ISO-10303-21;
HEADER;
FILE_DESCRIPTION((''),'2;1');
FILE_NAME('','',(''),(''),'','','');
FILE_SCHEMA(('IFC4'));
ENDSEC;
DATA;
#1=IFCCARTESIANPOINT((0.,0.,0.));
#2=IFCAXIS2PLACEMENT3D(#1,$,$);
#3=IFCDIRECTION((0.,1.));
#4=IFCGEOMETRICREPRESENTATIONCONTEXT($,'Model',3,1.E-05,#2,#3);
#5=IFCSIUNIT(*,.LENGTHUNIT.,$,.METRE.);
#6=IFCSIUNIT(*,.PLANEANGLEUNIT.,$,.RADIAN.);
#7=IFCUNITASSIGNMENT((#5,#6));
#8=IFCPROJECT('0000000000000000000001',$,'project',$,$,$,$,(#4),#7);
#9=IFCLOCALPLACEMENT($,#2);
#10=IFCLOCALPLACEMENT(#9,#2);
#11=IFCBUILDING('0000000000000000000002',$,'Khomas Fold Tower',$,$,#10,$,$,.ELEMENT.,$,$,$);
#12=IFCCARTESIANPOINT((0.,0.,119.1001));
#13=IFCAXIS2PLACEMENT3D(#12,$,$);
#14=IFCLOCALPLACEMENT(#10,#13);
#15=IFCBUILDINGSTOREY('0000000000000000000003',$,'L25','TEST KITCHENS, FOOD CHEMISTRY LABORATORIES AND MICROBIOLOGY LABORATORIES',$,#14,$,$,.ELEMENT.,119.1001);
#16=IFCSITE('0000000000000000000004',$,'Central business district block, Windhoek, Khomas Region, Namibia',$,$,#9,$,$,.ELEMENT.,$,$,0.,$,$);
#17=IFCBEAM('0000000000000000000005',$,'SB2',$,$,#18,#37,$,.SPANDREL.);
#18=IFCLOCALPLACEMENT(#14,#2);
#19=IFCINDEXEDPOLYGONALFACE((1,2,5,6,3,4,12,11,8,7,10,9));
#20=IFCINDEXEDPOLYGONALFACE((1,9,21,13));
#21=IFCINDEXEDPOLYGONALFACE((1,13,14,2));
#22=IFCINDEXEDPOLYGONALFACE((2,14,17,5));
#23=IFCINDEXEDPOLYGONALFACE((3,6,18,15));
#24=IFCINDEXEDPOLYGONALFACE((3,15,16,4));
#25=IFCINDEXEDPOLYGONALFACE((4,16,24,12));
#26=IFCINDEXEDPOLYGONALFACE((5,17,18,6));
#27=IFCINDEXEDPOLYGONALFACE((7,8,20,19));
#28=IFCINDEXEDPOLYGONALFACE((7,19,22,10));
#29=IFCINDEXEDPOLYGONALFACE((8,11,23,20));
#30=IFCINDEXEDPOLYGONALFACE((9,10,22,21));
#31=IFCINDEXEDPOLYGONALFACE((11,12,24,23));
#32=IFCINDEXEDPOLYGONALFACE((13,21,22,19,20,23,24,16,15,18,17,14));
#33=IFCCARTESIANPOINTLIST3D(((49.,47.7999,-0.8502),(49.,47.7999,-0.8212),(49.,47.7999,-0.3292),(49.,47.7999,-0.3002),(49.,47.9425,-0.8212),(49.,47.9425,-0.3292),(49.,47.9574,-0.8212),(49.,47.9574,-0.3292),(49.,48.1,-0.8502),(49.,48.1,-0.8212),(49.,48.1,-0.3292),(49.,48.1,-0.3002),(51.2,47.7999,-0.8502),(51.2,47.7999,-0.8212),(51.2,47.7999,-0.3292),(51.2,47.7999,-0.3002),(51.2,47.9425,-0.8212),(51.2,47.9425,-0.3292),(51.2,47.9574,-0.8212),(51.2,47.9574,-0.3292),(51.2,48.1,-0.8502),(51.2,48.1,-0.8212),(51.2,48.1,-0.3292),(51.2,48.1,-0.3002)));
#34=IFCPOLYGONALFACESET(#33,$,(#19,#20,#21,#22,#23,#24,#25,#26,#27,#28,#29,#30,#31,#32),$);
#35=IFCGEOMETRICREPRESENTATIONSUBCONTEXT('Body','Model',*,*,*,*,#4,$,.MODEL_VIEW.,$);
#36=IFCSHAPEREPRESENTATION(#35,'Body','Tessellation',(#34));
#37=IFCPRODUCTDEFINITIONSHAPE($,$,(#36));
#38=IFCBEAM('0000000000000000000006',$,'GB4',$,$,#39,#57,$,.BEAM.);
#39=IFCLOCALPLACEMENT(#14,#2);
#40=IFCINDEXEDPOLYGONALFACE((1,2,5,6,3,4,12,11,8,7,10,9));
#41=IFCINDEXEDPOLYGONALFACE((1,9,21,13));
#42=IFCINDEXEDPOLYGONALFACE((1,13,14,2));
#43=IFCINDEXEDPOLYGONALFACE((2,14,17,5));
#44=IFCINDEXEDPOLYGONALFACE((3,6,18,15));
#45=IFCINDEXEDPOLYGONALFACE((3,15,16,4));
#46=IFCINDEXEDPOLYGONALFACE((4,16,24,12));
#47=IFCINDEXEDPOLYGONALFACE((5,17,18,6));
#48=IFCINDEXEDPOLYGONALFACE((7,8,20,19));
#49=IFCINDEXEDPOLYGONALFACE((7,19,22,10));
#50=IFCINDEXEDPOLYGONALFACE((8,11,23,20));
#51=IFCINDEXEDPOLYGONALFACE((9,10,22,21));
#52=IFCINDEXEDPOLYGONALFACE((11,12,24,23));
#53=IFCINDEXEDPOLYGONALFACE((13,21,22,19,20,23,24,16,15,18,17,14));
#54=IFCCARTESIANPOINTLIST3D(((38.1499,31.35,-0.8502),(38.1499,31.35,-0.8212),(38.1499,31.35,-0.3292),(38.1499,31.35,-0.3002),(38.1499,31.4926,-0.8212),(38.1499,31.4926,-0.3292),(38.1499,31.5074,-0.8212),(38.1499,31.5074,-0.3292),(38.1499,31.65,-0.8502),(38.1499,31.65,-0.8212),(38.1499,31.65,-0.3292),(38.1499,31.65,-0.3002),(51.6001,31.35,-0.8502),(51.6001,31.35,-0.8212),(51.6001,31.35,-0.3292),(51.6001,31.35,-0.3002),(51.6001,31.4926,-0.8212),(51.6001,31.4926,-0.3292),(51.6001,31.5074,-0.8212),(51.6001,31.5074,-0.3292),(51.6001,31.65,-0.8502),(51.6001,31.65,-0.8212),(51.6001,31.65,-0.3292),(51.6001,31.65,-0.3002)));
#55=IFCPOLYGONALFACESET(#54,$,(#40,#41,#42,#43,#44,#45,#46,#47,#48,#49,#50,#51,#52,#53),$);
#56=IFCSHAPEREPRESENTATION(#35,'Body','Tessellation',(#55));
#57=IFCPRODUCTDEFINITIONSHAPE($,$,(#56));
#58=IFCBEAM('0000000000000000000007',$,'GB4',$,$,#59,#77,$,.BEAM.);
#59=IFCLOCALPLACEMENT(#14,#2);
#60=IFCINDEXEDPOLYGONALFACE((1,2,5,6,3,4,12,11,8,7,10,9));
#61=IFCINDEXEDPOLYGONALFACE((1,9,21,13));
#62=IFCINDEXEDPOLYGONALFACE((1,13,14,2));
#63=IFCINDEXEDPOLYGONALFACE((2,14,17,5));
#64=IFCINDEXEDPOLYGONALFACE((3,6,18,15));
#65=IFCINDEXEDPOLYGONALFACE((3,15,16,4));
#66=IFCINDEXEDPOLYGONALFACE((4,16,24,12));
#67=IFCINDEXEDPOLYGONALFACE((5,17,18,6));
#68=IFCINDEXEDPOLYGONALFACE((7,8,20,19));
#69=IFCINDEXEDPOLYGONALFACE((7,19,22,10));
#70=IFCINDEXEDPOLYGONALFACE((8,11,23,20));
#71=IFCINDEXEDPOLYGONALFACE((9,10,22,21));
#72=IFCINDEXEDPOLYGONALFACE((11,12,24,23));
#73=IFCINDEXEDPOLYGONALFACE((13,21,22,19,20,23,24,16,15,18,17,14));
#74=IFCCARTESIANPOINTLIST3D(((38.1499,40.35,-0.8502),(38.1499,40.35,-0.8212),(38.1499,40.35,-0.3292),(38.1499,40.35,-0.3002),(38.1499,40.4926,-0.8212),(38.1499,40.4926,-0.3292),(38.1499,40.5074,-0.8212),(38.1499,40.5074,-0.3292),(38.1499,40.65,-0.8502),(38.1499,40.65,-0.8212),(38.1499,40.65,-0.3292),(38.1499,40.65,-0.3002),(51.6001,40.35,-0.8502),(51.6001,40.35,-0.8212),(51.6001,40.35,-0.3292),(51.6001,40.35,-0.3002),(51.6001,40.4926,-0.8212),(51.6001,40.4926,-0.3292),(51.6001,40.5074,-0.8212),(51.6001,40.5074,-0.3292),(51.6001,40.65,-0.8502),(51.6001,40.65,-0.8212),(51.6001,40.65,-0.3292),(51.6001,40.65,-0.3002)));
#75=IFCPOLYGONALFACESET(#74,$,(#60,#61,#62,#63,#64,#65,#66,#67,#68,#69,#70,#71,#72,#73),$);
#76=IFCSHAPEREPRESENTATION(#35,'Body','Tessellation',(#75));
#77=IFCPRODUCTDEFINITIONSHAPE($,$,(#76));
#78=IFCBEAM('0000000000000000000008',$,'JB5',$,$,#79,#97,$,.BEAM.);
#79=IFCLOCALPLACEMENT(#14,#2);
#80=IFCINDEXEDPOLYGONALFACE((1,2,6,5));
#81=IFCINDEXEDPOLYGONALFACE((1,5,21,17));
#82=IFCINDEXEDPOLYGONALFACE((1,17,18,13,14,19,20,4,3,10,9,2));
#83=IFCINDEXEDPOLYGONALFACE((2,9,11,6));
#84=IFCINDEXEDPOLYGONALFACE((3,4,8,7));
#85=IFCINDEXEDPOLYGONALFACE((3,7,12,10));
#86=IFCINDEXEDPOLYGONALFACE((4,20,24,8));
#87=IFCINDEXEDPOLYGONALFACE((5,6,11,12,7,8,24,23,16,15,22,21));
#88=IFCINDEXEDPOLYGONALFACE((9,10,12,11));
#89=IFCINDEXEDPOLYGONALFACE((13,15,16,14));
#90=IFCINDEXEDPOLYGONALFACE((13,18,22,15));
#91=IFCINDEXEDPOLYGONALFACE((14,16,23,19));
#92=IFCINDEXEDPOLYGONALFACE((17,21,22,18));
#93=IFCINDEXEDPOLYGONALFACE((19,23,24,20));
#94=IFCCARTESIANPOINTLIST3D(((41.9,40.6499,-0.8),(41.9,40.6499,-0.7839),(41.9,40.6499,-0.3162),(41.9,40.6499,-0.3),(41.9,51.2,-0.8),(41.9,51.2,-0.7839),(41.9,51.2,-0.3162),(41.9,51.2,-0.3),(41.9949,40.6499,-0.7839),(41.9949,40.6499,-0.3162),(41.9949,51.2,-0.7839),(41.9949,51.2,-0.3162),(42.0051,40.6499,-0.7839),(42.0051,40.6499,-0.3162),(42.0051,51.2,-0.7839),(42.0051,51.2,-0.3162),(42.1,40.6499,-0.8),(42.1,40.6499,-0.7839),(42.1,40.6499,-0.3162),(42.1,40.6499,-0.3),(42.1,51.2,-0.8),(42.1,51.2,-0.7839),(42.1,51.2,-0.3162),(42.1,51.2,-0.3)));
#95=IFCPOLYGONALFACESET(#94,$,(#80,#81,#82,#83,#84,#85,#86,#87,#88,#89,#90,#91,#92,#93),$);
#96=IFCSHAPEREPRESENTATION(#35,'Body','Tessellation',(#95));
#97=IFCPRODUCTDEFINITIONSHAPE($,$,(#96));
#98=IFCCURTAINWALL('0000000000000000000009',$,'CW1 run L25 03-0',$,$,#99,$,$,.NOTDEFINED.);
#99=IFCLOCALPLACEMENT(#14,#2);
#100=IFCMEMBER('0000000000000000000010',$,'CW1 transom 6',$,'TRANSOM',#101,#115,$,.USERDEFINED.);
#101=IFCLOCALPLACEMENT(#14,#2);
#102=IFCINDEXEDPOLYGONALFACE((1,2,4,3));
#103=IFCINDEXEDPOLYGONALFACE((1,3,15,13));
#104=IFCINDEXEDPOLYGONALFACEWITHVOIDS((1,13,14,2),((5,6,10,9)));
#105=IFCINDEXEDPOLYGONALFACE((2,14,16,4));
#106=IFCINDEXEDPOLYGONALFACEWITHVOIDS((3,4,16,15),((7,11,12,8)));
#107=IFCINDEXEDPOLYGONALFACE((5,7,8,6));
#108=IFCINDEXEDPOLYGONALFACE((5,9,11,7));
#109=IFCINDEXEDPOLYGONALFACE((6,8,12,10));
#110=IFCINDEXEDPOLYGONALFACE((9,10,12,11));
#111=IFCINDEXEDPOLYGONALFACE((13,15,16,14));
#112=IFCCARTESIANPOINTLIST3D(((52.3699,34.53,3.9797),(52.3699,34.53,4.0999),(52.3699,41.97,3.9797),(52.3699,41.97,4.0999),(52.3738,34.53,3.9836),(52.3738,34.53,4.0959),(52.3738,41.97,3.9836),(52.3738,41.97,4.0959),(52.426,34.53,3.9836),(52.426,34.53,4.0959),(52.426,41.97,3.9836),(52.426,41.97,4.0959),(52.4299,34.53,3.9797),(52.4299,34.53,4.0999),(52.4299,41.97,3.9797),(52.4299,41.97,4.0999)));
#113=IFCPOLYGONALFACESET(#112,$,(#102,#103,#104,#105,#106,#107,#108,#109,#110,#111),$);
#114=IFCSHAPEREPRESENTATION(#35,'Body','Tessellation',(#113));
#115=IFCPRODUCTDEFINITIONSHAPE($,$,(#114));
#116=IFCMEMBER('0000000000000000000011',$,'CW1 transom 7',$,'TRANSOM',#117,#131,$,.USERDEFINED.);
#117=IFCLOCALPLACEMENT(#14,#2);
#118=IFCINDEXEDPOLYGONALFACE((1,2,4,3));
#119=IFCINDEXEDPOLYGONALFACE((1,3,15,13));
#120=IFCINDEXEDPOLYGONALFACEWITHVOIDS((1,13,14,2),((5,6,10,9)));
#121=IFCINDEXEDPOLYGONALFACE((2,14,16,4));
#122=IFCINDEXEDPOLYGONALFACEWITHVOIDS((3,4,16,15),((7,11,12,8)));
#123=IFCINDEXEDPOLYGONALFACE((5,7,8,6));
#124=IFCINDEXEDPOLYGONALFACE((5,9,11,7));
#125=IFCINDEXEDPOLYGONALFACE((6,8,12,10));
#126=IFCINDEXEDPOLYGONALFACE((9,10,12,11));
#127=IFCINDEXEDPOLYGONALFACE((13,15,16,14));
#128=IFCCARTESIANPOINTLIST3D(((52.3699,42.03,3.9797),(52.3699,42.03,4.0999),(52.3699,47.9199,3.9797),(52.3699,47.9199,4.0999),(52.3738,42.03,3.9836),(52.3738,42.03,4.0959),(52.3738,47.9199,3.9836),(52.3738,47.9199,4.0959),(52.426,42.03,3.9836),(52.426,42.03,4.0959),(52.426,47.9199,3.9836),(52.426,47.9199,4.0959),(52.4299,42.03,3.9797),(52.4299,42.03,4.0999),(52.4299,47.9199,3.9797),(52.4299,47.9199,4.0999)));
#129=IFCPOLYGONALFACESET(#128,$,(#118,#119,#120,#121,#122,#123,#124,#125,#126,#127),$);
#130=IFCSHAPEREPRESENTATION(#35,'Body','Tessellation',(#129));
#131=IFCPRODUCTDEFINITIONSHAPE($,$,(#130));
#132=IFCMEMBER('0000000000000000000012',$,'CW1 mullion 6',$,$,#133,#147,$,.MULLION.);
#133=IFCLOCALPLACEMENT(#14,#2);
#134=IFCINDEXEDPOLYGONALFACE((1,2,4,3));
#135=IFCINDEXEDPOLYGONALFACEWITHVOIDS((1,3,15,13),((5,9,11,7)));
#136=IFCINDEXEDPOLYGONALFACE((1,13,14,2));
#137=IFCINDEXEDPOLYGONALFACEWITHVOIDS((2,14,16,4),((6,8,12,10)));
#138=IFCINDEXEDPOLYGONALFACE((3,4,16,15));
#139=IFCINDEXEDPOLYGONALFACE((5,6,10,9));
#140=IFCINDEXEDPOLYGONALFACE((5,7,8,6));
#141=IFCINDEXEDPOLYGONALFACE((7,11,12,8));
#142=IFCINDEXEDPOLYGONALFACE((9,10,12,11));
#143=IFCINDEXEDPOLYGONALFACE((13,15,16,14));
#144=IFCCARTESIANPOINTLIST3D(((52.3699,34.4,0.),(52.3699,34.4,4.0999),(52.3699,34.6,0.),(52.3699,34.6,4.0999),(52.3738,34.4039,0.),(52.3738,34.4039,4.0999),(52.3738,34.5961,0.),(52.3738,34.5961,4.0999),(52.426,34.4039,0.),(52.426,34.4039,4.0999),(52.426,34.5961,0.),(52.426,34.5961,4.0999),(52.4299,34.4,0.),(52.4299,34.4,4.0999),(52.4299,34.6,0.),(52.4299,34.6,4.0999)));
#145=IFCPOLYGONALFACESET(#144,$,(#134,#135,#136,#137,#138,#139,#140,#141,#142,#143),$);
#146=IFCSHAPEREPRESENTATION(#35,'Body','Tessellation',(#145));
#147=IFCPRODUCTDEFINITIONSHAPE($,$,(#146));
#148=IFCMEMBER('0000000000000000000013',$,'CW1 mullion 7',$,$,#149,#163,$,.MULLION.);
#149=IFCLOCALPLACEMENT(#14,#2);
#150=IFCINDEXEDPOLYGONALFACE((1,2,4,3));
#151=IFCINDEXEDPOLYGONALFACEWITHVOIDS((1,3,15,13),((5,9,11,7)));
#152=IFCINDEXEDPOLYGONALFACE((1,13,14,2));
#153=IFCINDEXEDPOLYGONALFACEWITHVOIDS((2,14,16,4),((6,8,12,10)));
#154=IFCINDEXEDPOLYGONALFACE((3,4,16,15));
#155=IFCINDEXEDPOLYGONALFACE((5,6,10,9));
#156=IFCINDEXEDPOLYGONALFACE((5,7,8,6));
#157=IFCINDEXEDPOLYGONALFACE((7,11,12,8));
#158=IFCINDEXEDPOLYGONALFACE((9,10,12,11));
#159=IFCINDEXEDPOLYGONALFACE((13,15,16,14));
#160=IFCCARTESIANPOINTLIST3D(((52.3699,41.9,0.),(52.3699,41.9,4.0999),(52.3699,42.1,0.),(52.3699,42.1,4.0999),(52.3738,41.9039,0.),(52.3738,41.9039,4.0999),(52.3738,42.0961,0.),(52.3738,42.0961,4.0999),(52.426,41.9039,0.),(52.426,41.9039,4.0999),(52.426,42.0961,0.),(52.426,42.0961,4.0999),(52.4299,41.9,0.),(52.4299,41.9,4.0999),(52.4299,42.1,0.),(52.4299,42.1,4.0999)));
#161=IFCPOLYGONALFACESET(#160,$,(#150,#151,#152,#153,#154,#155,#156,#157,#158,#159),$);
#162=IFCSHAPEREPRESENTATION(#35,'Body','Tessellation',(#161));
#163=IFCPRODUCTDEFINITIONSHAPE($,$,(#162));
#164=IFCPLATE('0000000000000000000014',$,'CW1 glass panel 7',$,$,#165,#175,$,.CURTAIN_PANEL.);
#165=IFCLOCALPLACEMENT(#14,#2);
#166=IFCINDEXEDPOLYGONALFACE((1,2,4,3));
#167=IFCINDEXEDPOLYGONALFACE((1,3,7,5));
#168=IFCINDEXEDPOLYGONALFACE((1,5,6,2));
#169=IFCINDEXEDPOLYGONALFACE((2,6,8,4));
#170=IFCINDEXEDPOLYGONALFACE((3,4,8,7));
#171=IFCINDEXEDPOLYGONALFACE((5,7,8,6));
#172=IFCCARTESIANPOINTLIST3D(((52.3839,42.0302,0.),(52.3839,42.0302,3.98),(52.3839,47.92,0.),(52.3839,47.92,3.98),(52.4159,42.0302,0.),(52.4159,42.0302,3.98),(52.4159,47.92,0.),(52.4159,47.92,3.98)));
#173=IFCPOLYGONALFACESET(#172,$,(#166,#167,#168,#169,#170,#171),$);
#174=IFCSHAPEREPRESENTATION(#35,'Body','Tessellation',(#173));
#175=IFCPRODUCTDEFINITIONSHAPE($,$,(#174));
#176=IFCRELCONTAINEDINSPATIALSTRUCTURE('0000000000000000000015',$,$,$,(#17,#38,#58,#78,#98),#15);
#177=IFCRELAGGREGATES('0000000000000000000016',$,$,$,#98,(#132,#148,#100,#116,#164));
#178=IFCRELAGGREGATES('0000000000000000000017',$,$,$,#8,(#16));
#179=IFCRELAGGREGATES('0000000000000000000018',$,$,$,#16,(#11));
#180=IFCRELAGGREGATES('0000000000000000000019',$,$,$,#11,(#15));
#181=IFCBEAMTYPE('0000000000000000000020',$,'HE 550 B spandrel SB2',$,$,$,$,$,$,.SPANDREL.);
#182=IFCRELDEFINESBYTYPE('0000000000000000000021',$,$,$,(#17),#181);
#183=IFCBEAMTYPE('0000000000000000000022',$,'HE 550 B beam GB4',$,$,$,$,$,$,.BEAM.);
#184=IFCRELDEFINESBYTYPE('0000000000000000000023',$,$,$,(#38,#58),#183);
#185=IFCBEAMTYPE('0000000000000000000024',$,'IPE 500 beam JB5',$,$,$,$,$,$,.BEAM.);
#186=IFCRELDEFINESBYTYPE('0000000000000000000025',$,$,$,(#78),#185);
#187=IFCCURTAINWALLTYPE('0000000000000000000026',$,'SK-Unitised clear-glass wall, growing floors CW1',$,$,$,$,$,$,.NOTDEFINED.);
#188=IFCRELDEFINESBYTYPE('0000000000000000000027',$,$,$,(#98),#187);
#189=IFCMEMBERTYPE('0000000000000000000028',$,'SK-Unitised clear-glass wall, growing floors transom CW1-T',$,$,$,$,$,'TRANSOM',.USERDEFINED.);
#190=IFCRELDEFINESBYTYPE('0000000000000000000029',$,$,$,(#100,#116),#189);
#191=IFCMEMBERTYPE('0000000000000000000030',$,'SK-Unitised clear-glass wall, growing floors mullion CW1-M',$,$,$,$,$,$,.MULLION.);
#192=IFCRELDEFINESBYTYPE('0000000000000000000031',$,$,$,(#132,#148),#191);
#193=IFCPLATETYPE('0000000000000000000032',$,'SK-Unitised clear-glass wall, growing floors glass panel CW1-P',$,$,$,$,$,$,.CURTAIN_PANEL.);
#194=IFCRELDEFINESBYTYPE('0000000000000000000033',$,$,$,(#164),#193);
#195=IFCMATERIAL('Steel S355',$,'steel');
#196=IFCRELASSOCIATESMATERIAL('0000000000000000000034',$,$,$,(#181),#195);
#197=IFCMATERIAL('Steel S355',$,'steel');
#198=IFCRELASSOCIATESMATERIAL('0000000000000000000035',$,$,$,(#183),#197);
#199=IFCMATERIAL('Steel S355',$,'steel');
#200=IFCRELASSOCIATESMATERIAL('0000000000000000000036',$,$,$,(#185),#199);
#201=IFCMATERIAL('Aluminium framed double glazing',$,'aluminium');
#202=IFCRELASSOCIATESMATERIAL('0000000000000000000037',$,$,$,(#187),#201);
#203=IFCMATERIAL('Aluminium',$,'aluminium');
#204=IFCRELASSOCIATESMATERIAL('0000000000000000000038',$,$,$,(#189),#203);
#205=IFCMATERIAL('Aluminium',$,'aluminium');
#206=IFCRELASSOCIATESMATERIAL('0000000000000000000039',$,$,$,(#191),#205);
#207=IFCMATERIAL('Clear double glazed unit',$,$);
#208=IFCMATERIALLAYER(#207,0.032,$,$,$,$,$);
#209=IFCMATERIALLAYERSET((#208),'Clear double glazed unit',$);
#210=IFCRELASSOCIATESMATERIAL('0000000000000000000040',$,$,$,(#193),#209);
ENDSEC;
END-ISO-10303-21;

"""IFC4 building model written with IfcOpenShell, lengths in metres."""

from ifc_helpers import new_model, si_unit, direction, frame, origin, origin_2d, place, context, subcontext, project, spatial, rectangle, hollow_rectangle, i_section, extrude, source, transform, mapped, material, layer, layer_set, material_profile, profile_set, type_object, element, aggregate, save


model = new_model("IFC4")

# Units and contexts
model_context = context("Model", 3, precision=1e-05, world=origin(), true_north=direction((0.0, 1.0)))
body_context = subcontext(model_context, "Body", "Model", "MODEL_VIEW")
ifc_project = project(units=[si_unit("LENGTHUNIT", "METRE"), si_unit("PLANEANGLEUNIT", "RADIAN")], contexts=[model_context])

# Site, building, storey
site_placement = place(None, origin())
site = spatial("IfcSite", under=ifc_project, at=site_placement, Name="Central business district block, Windhoek, Khomas Region, Namibia", CompositionType="ELEMENT", RefElevation=0.0)
building_placement = place(site_placement, origin())
building = spatial("IfcBuilding", under=site, at=building_placement, Name="Khomas Fold Tower", CompositionType="ELEMENT")
storey_placement = place(building_placement, frame((0.0, 0.0, 119.1001)))
storey = spatial("IfcBuildingStorey", under=building, at=storey_placement, Name="L25", Description="TEST KITCHENS, FOOD CHEMISTRY LABORATORIES AND MICROBIOLOGY LABORATORIES", CompositionType="ELEMENT", Elevation=119.1001)

# Beams
ifc_material_1 = material(Name="Steel S355", Category="steel")
ifc_material_profile_1 = material_profile(ifc_material_1, i_section(OverallWidth=0.3, OverallDepth=0.55, WebThickness=0.0149, FlangeThickness=0.0291, at=origin_2d()), Name="HE 550 B")
ifc_profile_set_1 = profile_set([ifc_material_profile_1], Name="Steel S355")
beam_type_1 = type_object("IfcBeamType", Name="HE 550 B spandrel SB2", PredefinedType="SPANDREL", material=ifc_profile_set_1)
shared_shape_1 = source(origin(), body_context, "Body", "SweptSolid", [
    extrude(i_section(OverallWidth=0.3, OverallDepth=0.55, WebThickness=0.0149, FlangeThickness=0.0291, at=origin_2d()), origin(), (0.0, 0.0, 1.0), 2.2),
])
beam_1_placement = place(storey_placement, frame((49.0, 47.95, -0.5752), z_axis=(1.0, 0.0, 0.0), x_axis=(0.0, 1.0, 0.0)))
element("IfcBeam", 1, at=beam_1_placement, inside=storey, type_object=beam_type_1, Name="SB2", PredefinedType="SPANDREL", context=body_context, shape_type="MappedRepresentation", body=[
    mapped(shared_shape_1, transform((0.0, 0.0, 0.0))),
])
ifc_material_2 = material(Name="Steel S355", Category="steel")
ifc_material_profile_2 = material_profile(ifc_material_2, i_section(OverallWidth=0.3, OverallDepth=0.55, WebThickness=0.0149, FlangeThickness=0.0291, at=origin_2d()), Name="HE 550 B")
ifc_profile_set_2 = profile_set([ifc_material_profile_2], Name="Steel S355")
beam_type_2 = type_object("IfcBeamType", Name="HE 550 B beam GB4", PredefinedType="BEAM", material=ifc_profile_set_2)
shared_shape_2 = source(origin(), body_context, "Body", "SweptSolid", [
    extrude(i_section(OverallWidth=0.3, OverallDepth=0.55, WebThickness=0.0149, FlangeThickness=0.0291, at=origin_2d()), origin(), (0.0, 0.0, 1.0), 13.4502),
])
for number, where, z_axis, x_axis, name in (
    (2, (38.1499, 31.5, -0.5752), (1.0, 0.0, 0.0), (0.0, 1.0, 0.0), "GB4"),
    (3, (38.1499, 40.5, -0.5752), (1.0, 0.0, 0.0), (0.0, 1.0, 0.0), "GB4"),
):
    element("IfcBeam", number, at=place(storey_placement, frame(where, z_axis=z_axis, x_axis=x_axis)), inside=storey, type_object=beam_type_2, Name=name, PredefinedType="BEAM", context=body_context, shape_type="MappedRepresentation", body=[
        mapped(shared_shape_2, transform((0.0, 0.0, 0.0))),
    ])
ifc_material_3 = material(Name="Steel S355", Category="steel")
ifc_material_profile_3 = material_profile(ifc_material_3, i_section(OverallWidth=0.2, OverallDepth=0.5, WebThickness=0.0103, FlangeThickness=0.0161, at=origin_2d()), Name="IPE 500")
ifc_profile_set_3 = profile_set([ifc_material_profile_3], Name="Steel S355")
beam_type_3 = type_object("IfcBeamType", Name="IPE 500 beam JB5", PredefinedType="BEAM", material=ifc_profile_set_3)
shared_shape_3 = source(origin(), body_context, "Body", "SweptSolid", [
    extrude(i_section(OverallWidth=0.2, OverallDepth=0.5, WebThickness=0.0103, FlangeThickness=0.0161, at=origin_2d()), origin(), (0.0, 0.0, 1.0), 10.55),
])
beam_2_placement = place(storey_placement, frame((42.0, 40.6499, -0.55), z_axis=(0.0, 1.0, 0.0), x_axis=(-1.0, 0.0, 0.0)))
element("IfcBeam", 4, at=beam_2_placement, inside=storey, type_object=beam_type_3, Name="JB5", PredefinedType="BEAM", context=body_context, shape_type="MappedRepresentation", body=[
    mapped(shared_shape_3, transform((0.0, 0.0, 0.0))),
])

# Curtain wall, members, plate
ifc_material_4 = material(Name="Aluminium framed double glazing", Category="aluminium")
curtain_wall_type = type_object("IfcCurtainWallType", Name="SK-Unitised clear-glass wall, growing floors CW1", PredefinedType="NOTDEFINED", material=ifc_material_4)
curtain_wall_placement = place(storey_placement, origin())
curtain_wall = element("IfcCurtainWall", 5, at=curtain_wall_placement, inside=storey, type_object=curtain_wall_type, Name="CW1 run L25 03-0", PredefinedType="NOTDEFINED")
ifc_material_5 = material(Name="Aluminium", Category="aluminium")
ifc_material_profile_4 = material_profile(ifc_material_5, hollow_rectangle(XDim=0.0601, YDim=0.1201, WallThickness=0.0039, at=origin_2d()), Name="SK-Unitised clear-glass wall, growing floors transom CW1-T")
ifc_profile_set_4 = profile_set([ifc_material_profile_4], Name="Aluminium")
member_type_1 = type_object("IfcMemberType", Name="SK-Unitised clear-glass wall, growing floors transom CW1-T", ElementType="TRANSOM", PredefinedType="USERDEFINED", material=ifc_profile_set_4)
shared_shape_4 = source(origin(), body_context, "Body", "SweptSolid", [
    extrude(hollow_rectangle(XDim=0.0601, YDim=0.1201, WallThickness=0.0039, at=origin_2d()), origin(), (0.0, 0.0, 1.0), 7.4399),
])
member_1_placement = place(storey_placement, frame((52.3999, 34.53, 4.0398), z_axis=(0.0, 1.0, 0.0), x_axis=(-1.0, 0.0, 0.0)))
member_1 = element("IfcMember", 6, at=member_1_placement, type_object=member_type_1, Name="CW1 transom 6", ObjectType="TRANSOM", PredefinedType="USERDEFINED", context=body_context, shape_type="MappedRepresentation", body=[
    mapped(shared_shape_4, transform((0.0, 0.0, 0.0))),
])
shared_shape_5 = source(origin(), body_context, "Body", "SweptSolid", [
    extrude(hollow_rectangle(XDim=0.0601, YDim=0.1201, WallThickness=0.0039, at=origin_2d()), origin(), (0.0, 0.0, 1.0), 5.8899),
])
member_2_placement = place(storey_placement, frame((52.3999, 42.03, 4.0398), z_axis=(0.0, 1.0, 0.0), x_axis=(-1.0, 0.0, 0.0)))
member_2 = element("IfcMember", 7, at=member_2_placement, type_object=member_type_1, Name="CW1 transom 7", ObjectType="TRANSOM", PredefinedType="USERDEFINED", context=body_context, shape_type="MappedRepresentation", body=[
    mapped(shared_shape_5, transform((0.0, 0.0, 0.0))),
])
ifc_material_6 = material(Name="Aluminium", Category="aluminium")
ifc_material_profile_5 = material_profile(ifc_material_6, hollow_rectangle(XDim=0.0601, YDim=0.2, WallThickness=0.0039, at=origin_2d()), Name="SK-Unitised clear-glass wall, growing floors mullion CW1-M")
ifc_profile_set_5 = profile_set([ifc_material_profile_5], Name="Aluminium")
member_type_2 = type_object("IfcMemberType", Name="SK-Unitised clear-glass wall, growing floors mullion CW1-M", PredefinedType="MULLION", material=ifc_profile_set_5)
shared_shape_6 = source(origin(), body_context, "Body", "SweptSolid", [
    extrude(hollow_rectangle(XDim=0.0601, YDim=0.2, WallThickness=0.0039, at=origin_2d()), origin(), (0.0, 0.0, 1.0), 4.0999),
])
member_3_placement = place(storey_placement, frame((52.3999, 34.5, 0.0), z_axis=(0.0, 0.0, 1.0), x_axis=(-1.0, 0.0, 0.0)))
member_3 = element("IfcMember", 8, at=member_3_placement, type_object=member_type_2, Name="CW1 mullion 6", PredefinedType="MULLION", context=body_context, shape_type="MappedRepresentation", body=[
    mapped(shared_shape_6, transform((0.0, 0.0, 0.0))),
])
member_4_placement = place(storey_placement, frame((52.3999, 42.0, 0.0), z_axis=(0.0, 0.0, 1.0), x_axis=(-1.0, 0.0, 0.0)))
member_4 = element("IfcMember", 9, at=member_4_placement, type_object=member_type_2, Name="CW1 mullion 7", PredefinedType="MULLION", context=body_context, shape_type="MappedRepresentation", body=[
    mapped(shared_shape_6, transform((0.0, 0.0, 0.0))),
])
ifc_material_7 = material(Name="Clear double glazed unit")
ifc_layer_1 = layer(ifc_material_7, 0.032)
ifc_layer_set_1 = layer_set([ifc_layer_1], Name="Clear double glazed unit")
plate_type = type_object("IfcPlateType", Name="SK-Unitised clear-glass wall, growing floors glass panel CW1-P", PredefinedType="CURTAIN_PANEL", material=ifc_layer_set_1)
shared_shape_7 = source(origin(), body_context, "Body", "SweptSolid", [
    extrude(rectangle(XDim=5.8899, YDim=0.032, at=origin_2d()), origin(), (0.0, 0.0, 1.0), 3.98),
])
plate_1_placement = place(storey_placement, frame((52.3999, 44.9751, 0.0), z_axis=(0.0, 0.0, 1.0), x_axis=(0.0, 1.0, 0.0)))
plate_1 = element("IfcPlate", 10, at=plate_1_placement, type_object=plate_type, Name="CW1 glass panel 7", PredefinedType="CURTAIN_PANEL", context=body_context, shape_type="MappedRepresentation", body=[
    mapped(shared_shape_7, transform((0.0, 0.0, 0.0))),
])
aggregate(curtain_wall, [member_3, member_4, member_1, member_2, plate_1])

save(model, "model.ifc")
